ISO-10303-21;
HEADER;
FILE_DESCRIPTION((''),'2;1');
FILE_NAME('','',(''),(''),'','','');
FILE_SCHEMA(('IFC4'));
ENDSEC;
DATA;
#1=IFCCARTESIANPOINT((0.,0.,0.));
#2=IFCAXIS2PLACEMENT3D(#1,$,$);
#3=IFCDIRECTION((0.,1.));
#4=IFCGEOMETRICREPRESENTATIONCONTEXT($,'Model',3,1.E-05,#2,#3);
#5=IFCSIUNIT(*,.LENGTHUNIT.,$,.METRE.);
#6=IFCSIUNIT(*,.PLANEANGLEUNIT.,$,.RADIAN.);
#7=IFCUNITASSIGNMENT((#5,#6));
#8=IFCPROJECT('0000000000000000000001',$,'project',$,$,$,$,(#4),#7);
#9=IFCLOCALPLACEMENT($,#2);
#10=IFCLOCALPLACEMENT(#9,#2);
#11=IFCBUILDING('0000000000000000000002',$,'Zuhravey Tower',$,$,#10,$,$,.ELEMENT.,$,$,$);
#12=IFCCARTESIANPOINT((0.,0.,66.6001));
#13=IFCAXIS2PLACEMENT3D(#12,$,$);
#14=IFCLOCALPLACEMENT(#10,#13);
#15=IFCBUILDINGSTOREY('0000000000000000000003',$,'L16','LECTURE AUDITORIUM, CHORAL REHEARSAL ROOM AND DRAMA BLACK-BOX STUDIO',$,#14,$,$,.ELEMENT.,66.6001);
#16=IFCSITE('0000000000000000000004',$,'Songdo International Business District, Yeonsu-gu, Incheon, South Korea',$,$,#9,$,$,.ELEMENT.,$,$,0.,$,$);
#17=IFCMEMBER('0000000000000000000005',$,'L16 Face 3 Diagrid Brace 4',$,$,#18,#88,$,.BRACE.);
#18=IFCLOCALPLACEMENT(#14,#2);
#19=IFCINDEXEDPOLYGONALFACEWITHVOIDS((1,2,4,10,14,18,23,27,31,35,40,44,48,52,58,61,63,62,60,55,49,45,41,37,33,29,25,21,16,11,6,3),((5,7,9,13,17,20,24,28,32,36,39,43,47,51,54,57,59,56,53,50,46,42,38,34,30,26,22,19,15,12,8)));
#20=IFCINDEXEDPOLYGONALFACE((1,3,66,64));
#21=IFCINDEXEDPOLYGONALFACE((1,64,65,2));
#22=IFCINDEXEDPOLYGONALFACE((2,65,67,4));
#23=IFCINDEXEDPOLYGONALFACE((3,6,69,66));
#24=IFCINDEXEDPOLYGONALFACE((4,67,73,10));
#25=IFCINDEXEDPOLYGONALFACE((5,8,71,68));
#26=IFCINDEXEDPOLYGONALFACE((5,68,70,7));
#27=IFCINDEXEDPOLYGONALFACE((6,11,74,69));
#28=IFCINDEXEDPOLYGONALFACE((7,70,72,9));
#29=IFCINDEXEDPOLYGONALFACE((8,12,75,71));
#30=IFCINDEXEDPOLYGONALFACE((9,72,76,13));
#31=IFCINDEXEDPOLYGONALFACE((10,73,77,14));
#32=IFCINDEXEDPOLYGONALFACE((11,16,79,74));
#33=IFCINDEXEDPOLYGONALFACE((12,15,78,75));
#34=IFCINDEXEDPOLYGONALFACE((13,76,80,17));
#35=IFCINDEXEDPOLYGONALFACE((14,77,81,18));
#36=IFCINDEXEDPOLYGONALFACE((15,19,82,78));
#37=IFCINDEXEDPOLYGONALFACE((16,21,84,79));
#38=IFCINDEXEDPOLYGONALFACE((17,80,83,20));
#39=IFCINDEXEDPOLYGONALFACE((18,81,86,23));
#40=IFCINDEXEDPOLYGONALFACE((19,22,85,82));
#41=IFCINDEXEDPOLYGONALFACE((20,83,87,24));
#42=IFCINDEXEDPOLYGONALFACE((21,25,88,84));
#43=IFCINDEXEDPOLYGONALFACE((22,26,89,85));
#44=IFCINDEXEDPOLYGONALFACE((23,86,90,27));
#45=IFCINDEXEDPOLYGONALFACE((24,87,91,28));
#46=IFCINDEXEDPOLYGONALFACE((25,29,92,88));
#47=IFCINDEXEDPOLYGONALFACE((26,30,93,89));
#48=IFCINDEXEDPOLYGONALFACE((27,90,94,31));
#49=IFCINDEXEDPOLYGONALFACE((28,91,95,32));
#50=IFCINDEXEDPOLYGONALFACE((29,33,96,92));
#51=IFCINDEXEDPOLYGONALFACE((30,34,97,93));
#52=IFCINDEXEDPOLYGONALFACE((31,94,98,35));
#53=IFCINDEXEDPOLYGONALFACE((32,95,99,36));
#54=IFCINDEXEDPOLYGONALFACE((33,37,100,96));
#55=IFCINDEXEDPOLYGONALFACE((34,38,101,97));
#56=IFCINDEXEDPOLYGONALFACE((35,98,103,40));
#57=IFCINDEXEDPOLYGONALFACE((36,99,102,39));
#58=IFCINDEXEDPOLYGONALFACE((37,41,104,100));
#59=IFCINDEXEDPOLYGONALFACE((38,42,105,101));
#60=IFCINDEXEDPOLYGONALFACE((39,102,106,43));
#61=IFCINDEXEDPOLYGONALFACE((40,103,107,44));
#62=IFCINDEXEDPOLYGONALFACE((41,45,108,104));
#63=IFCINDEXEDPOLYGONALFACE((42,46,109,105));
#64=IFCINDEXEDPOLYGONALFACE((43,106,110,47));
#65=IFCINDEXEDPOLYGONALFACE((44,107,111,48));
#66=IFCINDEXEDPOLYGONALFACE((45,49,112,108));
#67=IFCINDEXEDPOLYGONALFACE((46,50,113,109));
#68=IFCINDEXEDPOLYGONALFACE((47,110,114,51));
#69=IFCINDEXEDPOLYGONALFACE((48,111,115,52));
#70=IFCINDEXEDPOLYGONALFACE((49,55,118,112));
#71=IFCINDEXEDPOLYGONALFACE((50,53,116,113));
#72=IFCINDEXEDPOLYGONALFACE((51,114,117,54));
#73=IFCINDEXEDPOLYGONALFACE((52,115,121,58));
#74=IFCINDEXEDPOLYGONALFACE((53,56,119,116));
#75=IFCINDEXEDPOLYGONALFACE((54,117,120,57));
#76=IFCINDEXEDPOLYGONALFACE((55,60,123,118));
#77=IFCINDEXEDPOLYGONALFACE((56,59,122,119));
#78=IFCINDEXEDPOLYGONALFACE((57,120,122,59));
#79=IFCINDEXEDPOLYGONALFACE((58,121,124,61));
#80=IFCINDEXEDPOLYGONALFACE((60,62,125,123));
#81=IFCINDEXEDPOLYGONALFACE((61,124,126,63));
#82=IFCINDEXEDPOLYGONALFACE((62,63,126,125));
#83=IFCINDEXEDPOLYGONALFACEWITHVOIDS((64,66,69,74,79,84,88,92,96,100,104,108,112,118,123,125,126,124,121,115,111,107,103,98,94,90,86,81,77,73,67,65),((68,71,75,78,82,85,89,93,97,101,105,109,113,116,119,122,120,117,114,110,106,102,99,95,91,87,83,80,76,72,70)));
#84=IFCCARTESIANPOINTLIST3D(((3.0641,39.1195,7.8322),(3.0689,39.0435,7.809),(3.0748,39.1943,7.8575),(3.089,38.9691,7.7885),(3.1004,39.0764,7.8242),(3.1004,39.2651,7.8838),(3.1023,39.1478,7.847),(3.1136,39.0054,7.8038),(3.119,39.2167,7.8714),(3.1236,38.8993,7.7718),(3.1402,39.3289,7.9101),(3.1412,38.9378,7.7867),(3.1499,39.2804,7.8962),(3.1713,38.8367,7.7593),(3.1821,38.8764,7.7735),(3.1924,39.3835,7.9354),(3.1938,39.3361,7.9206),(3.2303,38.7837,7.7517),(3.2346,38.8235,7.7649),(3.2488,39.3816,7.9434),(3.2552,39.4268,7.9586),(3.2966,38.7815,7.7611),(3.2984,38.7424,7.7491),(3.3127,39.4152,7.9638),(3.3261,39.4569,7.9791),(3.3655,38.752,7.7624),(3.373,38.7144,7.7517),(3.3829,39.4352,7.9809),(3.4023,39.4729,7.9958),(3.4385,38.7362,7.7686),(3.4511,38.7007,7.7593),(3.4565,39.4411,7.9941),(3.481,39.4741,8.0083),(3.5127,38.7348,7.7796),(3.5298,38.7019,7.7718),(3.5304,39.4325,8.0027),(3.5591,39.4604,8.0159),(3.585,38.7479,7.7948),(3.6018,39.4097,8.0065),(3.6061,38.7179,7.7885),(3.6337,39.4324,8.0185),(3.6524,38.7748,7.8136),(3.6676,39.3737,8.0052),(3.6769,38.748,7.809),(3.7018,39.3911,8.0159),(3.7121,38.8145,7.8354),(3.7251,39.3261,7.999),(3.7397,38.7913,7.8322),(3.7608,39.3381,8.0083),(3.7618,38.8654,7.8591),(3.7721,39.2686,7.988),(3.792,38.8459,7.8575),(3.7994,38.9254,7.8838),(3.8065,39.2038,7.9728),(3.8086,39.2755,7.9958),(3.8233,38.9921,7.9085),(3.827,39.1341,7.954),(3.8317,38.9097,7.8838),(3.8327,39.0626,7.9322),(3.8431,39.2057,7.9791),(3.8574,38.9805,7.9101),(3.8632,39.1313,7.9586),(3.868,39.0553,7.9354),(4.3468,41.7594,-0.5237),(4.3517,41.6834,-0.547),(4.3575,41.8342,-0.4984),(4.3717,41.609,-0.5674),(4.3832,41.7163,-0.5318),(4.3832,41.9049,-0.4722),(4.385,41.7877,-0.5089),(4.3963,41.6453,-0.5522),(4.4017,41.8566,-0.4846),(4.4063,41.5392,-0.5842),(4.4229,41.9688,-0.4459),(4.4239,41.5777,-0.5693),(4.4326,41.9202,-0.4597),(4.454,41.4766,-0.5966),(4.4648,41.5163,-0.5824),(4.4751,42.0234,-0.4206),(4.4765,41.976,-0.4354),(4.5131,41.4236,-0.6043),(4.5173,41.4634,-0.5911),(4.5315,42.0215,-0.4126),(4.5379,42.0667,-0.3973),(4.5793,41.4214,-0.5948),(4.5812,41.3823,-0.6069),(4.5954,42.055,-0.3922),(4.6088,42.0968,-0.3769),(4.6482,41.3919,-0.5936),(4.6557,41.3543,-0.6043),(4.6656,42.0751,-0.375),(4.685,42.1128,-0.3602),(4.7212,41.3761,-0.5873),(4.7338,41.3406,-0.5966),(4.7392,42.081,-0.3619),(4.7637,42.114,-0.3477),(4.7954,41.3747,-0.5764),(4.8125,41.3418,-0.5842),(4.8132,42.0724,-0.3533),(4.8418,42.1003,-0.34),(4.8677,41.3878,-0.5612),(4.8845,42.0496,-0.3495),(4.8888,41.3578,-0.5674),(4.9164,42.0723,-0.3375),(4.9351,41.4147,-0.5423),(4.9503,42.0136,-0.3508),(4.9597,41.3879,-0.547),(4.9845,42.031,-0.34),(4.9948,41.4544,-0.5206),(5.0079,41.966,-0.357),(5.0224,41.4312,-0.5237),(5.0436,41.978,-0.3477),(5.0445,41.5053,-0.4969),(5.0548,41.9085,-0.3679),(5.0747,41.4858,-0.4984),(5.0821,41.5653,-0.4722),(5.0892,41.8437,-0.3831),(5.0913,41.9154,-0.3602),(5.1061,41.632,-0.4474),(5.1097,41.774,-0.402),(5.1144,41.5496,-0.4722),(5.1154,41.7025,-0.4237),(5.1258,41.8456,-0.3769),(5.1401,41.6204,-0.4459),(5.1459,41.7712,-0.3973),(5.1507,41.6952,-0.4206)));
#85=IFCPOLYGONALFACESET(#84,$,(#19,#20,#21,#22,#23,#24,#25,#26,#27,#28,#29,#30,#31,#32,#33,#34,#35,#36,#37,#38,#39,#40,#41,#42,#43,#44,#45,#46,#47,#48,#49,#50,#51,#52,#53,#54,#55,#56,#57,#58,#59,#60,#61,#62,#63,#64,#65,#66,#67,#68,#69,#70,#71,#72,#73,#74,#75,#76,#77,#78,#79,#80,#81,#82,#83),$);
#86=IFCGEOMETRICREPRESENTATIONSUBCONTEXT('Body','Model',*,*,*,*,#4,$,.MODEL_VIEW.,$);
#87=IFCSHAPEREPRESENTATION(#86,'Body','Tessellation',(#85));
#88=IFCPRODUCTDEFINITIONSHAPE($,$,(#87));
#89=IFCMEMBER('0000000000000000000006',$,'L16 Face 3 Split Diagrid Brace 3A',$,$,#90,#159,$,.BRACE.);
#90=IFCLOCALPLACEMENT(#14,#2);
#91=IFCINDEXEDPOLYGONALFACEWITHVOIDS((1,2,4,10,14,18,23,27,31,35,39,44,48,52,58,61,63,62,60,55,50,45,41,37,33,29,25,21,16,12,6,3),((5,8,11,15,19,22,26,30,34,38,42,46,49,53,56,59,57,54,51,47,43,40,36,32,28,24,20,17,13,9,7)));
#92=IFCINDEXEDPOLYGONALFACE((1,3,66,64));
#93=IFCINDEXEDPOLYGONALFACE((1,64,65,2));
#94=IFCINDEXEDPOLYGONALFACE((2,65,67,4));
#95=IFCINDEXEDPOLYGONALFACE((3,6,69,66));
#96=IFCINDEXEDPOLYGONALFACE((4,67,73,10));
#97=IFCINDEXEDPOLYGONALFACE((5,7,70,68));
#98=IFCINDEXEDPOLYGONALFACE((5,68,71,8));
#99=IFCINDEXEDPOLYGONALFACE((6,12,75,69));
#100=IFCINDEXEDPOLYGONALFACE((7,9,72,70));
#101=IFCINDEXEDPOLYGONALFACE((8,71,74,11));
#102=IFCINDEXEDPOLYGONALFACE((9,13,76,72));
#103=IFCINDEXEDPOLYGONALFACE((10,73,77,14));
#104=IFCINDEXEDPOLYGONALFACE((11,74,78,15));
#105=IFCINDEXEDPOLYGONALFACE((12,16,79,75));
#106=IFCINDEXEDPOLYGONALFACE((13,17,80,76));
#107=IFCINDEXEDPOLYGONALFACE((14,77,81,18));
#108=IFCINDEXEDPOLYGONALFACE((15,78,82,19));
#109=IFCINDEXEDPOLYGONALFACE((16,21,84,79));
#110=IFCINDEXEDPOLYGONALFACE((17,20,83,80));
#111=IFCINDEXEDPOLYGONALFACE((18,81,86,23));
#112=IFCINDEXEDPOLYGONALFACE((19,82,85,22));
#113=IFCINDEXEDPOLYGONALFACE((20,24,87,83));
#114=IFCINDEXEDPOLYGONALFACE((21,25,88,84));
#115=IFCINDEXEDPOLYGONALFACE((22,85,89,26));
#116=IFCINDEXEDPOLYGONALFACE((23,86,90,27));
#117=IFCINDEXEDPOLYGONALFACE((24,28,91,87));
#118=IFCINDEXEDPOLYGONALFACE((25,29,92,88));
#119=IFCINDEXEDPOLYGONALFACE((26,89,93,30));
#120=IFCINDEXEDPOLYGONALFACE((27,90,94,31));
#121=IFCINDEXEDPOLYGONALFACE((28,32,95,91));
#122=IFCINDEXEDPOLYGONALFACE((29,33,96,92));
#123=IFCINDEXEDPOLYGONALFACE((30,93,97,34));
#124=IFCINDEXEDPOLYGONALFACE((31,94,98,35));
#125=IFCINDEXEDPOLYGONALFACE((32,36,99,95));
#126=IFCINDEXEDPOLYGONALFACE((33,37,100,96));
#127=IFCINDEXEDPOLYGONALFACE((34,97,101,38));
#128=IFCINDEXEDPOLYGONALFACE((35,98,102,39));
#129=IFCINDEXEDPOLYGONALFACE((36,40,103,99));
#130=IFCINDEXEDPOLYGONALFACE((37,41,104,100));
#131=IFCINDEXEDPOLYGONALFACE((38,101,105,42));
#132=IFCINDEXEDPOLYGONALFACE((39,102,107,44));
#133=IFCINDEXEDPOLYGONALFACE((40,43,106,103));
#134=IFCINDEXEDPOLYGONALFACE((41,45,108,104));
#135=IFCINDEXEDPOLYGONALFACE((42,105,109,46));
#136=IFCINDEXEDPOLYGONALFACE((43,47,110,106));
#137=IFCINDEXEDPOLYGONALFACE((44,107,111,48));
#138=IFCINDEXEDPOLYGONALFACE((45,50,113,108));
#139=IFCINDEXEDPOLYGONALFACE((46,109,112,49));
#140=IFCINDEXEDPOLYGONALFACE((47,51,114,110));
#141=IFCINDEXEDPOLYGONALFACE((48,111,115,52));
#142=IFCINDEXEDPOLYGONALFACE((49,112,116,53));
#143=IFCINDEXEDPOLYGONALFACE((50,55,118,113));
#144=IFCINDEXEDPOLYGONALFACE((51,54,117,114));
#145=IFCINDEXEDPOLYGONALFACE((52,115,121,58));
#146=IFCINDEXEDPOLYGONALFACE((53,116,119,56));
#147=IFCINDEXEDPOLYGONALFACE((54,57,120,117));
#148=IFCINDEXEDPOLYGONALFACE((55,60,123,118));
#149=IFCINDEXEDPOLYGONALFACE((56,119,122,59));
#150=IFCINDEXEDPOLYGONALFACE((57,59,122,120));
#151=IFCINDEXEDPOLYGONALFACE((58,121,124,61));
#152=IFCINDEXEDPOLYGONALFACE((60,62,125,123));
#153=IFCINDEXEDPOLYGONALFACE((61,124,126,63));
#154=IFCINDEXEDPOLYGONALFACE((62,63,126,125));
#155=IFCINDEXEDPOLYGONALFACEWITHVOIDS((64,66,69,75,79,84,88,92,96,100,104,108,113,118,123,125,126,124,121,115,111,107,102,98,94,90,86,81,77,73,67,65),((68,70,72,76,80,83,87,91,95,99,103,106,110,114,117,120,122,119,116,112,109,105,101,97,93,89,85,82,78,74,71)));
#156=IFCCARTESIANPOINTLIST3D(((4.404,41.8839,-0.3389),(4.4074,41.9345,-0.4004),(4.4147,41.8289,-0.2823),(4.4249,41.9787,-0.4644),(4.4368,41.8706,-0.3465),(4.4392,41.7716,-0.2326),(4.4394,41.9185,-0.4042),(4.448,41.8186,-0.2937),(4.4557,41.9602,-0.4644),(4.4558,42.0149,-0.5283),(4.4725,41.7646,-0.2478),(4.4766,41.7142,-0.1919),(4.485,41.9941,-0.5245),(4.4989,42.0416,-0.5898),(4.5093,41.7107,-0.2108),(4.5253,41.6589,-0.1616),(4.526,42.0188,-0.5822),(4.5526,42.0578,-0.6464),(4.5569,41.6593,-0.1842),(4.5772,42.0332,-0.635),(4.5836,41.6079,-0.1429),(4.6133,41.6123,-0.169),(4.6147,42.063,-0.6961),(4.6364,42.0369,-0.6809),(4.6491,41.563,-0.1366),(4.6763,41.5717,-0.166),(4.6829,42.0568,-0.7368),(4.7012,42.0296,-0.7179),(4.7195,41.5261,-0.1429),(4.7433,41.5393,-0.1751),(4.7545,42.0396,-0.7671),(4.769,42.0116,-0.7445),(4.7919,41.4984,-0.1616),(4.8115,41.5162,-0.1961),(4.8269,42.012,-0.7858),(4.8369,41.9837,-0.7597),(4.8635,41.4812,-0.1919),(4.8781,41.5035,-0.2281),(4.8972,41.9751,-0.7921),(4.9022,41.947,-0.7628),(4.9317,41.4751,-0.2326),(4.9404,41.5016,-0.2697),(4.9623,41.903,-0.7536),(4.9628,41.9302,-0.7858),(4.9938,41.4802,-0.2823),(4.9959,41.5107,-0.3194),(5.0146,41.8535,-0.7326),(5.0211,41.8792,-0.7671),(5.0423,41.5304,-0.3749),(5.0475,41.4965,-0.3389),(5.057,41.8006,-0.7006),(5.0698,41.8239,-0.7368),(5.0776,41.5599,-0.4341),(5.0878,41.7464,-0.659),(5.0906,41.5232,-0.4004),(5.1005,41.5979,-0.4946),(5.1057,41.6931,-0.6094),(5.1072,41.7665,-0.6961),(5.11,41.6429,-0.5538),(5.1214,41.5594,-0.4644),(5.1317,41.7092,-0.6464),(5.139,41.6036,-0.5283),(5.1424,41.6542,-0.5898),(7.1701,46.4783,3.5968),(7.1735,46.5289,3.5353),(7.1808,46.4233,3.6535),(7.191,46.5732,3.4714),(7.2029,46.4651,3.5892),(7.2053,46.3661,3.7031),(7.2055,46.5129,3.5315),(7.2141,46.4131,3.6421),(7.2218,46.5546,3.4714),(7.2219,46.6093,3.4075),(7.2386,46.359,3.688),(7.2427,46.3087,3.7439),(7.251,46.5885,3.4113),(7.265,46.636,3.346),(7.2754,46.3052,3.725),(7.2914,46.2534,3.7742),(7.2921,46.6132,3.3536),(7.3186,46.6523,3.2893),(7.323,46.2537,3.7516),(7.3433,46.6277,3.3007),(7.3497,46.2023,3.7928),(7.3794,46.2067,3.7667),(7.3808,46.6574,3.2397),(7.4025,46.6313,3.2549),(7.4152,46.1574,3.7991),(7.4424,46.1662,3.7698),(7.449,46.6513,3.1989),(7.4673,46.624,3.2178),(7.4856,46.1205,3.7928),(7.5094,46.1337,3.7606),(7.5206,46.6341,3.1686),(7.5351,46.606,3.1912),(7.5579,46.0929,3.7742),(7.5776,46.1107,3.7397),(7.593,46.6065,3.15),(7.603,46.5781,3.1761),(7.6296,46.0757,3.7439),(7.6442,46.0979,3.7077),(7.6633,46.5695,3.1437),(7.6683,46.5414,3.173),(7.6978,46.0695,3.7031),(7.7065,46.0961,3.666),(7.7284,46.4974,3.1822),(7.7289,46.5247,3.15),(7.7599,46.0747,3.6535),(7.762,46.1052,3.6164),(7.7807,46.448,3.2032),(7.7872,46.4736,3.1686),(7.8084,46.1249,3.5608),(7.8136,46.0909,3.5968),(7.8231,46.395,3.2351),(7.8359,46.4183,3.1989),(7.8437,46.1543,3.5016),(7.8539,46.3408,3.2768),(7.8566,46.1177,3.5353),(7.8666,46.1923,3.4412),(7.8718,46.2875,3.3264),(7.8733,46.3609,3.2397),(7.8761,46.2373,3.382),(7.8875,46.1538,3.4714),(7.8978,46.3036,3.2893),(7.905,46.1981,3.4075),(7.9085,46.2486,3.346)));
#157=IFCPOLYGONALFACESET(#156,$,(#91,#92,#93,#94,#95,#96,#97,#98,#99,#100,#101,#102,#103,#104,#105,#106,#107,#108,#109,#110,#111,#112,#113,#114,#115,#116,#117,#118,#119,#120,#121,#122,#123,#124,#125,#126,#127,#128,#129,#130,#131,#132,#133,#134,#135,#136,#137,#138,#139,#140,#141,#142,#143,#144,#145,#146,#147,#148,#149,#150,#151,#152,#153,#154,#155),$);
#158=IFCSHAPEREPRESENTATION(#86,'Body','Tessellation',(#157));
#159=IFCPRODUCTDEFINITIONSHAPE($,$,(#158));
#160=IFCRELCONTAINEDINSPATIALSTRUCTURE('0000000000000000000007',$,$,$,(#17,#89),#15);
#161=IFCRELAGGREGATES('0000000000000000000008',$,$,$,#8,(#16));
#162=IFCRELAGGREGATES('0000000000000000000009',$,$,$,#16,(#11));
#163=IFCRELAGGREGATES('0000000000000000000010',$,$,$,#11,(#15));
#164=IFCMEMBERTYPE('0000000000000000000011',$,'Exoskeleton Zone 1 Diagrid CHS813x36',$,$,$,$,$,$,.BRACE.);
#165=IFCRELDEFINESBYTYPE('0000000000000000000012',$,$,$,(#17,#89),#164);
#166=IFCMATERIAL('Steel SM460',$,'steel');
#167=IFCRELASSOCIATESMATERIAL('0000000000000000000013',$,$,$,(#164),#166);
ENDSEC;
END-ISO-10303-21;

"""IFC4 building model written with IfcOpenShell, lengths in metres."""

from ifc_helpers import new_model, si_unit, direction, frame, origin, origin_2d, place, context, subcontext, project, spatial, hollow_circle, extrude, material, material_profile, profile_set, type_object, element, save


model = new_model("IFC4")

# Units and contexts
model_context = context("Model", 3, precision=1e-05, world=origin(), true_north=direction((0.0, 1.0)))
body_context = subcontext(model_context, "Body", "Model", "MODEL_VIEW")
ifc_project = project(units=[si_unit("LENGTHUNIT", "METRE"), si_unit("PLANEANGLEUNIT", "RADIAN")], contexts=[model_context])

# Site, building, storey
site_placement = place(None, origin())
site = spatial("IfcSite", under=ifc_project, at=site_placement, Name="Songdo International Business District, Yeonsu-gu, Incheon, South Korea", CompositionType="ELEMENT", RefElevation=0.0)
building_placement = place(site_placement, origin())
building = spatial("IfcBuilding", under=site, at=building_placement, Name="Zuhravey Tower", CompositionType="ELEMENT")
storey_placement = place(building_placement, frame((0.0, 0.0, 66.6001)))
storey = spatial("IfcBuildingStorey", under=building, at=storey_placement, Name="L16", Description="LECTURE AUDITORIUM, CHORAL REHEARSAL ROOM AND DRAMA BLACK-BOX STUDIO", CompositionType="ELEMENT", Elevation=66.6001)

# Members
ifc_material_1 = material(Name="Steel SM460", Category="steel")
ifc_material_profile_1 = material_profile(ifc_material_1, hollow_circle(Radius=0.4065, WallThickness=0.0359, at=origin_2d()), Name="CHS-812.8x36")
ifc_profile_set_1 = profile_set([ifc_material_profile_1], Name="Steel SM460")
member_type_1 = type_object("IfcMemberType", Name="Exoskeleton Zone 1 Diagrid CHS813x36", PredefinedType="BRACE", material=ifc_profile_set_1)
member_1_placement = place(storey_placement, frame((4.7488, 41.7273, -0.4722), z_axis=(-0.144834, -0.298076, 0.94349), x_axis=(0.899444, -0.437037, 0.0)))
element("IfcMember", 1, at=member_1_placement, inside=storey, type_object=member_type_1, Name="L16 Face 3 Diagrid Brace 4", PredefinedType="BRACE", context=body_context, shape_type="SweptSolid", body=[
    extrude(hollow_circle(Radius=0.4065, WallThickness=0.0359, at=origin_2d()), origin(), (0.0, 0.0, 1.0), 8.8564),
])
member_2_placement = place(storey_placement, frame((4.7732, 41.769, -0.4644), z_axis=(0.415822, 0.690676, 0.591657), x_axis=(-0.856717, 0.515787, 0.0)))
element("IfcMember", 2, at=member_2_placement, inside=storey, type_object=member_type_1, Name="L16 Face 3 Split Diagrid Brace 3A", PredefinedType="BRACE", context=body_context, shape_type="SweptSolid", body=[
    extrude(hollow_circle(Radius=0.4065, WallThickness=0.0359, at=origin_2d()), origin(), (0.0, 0.0, 1.0), 6.6521),
])

save(model, "model.ifc")
